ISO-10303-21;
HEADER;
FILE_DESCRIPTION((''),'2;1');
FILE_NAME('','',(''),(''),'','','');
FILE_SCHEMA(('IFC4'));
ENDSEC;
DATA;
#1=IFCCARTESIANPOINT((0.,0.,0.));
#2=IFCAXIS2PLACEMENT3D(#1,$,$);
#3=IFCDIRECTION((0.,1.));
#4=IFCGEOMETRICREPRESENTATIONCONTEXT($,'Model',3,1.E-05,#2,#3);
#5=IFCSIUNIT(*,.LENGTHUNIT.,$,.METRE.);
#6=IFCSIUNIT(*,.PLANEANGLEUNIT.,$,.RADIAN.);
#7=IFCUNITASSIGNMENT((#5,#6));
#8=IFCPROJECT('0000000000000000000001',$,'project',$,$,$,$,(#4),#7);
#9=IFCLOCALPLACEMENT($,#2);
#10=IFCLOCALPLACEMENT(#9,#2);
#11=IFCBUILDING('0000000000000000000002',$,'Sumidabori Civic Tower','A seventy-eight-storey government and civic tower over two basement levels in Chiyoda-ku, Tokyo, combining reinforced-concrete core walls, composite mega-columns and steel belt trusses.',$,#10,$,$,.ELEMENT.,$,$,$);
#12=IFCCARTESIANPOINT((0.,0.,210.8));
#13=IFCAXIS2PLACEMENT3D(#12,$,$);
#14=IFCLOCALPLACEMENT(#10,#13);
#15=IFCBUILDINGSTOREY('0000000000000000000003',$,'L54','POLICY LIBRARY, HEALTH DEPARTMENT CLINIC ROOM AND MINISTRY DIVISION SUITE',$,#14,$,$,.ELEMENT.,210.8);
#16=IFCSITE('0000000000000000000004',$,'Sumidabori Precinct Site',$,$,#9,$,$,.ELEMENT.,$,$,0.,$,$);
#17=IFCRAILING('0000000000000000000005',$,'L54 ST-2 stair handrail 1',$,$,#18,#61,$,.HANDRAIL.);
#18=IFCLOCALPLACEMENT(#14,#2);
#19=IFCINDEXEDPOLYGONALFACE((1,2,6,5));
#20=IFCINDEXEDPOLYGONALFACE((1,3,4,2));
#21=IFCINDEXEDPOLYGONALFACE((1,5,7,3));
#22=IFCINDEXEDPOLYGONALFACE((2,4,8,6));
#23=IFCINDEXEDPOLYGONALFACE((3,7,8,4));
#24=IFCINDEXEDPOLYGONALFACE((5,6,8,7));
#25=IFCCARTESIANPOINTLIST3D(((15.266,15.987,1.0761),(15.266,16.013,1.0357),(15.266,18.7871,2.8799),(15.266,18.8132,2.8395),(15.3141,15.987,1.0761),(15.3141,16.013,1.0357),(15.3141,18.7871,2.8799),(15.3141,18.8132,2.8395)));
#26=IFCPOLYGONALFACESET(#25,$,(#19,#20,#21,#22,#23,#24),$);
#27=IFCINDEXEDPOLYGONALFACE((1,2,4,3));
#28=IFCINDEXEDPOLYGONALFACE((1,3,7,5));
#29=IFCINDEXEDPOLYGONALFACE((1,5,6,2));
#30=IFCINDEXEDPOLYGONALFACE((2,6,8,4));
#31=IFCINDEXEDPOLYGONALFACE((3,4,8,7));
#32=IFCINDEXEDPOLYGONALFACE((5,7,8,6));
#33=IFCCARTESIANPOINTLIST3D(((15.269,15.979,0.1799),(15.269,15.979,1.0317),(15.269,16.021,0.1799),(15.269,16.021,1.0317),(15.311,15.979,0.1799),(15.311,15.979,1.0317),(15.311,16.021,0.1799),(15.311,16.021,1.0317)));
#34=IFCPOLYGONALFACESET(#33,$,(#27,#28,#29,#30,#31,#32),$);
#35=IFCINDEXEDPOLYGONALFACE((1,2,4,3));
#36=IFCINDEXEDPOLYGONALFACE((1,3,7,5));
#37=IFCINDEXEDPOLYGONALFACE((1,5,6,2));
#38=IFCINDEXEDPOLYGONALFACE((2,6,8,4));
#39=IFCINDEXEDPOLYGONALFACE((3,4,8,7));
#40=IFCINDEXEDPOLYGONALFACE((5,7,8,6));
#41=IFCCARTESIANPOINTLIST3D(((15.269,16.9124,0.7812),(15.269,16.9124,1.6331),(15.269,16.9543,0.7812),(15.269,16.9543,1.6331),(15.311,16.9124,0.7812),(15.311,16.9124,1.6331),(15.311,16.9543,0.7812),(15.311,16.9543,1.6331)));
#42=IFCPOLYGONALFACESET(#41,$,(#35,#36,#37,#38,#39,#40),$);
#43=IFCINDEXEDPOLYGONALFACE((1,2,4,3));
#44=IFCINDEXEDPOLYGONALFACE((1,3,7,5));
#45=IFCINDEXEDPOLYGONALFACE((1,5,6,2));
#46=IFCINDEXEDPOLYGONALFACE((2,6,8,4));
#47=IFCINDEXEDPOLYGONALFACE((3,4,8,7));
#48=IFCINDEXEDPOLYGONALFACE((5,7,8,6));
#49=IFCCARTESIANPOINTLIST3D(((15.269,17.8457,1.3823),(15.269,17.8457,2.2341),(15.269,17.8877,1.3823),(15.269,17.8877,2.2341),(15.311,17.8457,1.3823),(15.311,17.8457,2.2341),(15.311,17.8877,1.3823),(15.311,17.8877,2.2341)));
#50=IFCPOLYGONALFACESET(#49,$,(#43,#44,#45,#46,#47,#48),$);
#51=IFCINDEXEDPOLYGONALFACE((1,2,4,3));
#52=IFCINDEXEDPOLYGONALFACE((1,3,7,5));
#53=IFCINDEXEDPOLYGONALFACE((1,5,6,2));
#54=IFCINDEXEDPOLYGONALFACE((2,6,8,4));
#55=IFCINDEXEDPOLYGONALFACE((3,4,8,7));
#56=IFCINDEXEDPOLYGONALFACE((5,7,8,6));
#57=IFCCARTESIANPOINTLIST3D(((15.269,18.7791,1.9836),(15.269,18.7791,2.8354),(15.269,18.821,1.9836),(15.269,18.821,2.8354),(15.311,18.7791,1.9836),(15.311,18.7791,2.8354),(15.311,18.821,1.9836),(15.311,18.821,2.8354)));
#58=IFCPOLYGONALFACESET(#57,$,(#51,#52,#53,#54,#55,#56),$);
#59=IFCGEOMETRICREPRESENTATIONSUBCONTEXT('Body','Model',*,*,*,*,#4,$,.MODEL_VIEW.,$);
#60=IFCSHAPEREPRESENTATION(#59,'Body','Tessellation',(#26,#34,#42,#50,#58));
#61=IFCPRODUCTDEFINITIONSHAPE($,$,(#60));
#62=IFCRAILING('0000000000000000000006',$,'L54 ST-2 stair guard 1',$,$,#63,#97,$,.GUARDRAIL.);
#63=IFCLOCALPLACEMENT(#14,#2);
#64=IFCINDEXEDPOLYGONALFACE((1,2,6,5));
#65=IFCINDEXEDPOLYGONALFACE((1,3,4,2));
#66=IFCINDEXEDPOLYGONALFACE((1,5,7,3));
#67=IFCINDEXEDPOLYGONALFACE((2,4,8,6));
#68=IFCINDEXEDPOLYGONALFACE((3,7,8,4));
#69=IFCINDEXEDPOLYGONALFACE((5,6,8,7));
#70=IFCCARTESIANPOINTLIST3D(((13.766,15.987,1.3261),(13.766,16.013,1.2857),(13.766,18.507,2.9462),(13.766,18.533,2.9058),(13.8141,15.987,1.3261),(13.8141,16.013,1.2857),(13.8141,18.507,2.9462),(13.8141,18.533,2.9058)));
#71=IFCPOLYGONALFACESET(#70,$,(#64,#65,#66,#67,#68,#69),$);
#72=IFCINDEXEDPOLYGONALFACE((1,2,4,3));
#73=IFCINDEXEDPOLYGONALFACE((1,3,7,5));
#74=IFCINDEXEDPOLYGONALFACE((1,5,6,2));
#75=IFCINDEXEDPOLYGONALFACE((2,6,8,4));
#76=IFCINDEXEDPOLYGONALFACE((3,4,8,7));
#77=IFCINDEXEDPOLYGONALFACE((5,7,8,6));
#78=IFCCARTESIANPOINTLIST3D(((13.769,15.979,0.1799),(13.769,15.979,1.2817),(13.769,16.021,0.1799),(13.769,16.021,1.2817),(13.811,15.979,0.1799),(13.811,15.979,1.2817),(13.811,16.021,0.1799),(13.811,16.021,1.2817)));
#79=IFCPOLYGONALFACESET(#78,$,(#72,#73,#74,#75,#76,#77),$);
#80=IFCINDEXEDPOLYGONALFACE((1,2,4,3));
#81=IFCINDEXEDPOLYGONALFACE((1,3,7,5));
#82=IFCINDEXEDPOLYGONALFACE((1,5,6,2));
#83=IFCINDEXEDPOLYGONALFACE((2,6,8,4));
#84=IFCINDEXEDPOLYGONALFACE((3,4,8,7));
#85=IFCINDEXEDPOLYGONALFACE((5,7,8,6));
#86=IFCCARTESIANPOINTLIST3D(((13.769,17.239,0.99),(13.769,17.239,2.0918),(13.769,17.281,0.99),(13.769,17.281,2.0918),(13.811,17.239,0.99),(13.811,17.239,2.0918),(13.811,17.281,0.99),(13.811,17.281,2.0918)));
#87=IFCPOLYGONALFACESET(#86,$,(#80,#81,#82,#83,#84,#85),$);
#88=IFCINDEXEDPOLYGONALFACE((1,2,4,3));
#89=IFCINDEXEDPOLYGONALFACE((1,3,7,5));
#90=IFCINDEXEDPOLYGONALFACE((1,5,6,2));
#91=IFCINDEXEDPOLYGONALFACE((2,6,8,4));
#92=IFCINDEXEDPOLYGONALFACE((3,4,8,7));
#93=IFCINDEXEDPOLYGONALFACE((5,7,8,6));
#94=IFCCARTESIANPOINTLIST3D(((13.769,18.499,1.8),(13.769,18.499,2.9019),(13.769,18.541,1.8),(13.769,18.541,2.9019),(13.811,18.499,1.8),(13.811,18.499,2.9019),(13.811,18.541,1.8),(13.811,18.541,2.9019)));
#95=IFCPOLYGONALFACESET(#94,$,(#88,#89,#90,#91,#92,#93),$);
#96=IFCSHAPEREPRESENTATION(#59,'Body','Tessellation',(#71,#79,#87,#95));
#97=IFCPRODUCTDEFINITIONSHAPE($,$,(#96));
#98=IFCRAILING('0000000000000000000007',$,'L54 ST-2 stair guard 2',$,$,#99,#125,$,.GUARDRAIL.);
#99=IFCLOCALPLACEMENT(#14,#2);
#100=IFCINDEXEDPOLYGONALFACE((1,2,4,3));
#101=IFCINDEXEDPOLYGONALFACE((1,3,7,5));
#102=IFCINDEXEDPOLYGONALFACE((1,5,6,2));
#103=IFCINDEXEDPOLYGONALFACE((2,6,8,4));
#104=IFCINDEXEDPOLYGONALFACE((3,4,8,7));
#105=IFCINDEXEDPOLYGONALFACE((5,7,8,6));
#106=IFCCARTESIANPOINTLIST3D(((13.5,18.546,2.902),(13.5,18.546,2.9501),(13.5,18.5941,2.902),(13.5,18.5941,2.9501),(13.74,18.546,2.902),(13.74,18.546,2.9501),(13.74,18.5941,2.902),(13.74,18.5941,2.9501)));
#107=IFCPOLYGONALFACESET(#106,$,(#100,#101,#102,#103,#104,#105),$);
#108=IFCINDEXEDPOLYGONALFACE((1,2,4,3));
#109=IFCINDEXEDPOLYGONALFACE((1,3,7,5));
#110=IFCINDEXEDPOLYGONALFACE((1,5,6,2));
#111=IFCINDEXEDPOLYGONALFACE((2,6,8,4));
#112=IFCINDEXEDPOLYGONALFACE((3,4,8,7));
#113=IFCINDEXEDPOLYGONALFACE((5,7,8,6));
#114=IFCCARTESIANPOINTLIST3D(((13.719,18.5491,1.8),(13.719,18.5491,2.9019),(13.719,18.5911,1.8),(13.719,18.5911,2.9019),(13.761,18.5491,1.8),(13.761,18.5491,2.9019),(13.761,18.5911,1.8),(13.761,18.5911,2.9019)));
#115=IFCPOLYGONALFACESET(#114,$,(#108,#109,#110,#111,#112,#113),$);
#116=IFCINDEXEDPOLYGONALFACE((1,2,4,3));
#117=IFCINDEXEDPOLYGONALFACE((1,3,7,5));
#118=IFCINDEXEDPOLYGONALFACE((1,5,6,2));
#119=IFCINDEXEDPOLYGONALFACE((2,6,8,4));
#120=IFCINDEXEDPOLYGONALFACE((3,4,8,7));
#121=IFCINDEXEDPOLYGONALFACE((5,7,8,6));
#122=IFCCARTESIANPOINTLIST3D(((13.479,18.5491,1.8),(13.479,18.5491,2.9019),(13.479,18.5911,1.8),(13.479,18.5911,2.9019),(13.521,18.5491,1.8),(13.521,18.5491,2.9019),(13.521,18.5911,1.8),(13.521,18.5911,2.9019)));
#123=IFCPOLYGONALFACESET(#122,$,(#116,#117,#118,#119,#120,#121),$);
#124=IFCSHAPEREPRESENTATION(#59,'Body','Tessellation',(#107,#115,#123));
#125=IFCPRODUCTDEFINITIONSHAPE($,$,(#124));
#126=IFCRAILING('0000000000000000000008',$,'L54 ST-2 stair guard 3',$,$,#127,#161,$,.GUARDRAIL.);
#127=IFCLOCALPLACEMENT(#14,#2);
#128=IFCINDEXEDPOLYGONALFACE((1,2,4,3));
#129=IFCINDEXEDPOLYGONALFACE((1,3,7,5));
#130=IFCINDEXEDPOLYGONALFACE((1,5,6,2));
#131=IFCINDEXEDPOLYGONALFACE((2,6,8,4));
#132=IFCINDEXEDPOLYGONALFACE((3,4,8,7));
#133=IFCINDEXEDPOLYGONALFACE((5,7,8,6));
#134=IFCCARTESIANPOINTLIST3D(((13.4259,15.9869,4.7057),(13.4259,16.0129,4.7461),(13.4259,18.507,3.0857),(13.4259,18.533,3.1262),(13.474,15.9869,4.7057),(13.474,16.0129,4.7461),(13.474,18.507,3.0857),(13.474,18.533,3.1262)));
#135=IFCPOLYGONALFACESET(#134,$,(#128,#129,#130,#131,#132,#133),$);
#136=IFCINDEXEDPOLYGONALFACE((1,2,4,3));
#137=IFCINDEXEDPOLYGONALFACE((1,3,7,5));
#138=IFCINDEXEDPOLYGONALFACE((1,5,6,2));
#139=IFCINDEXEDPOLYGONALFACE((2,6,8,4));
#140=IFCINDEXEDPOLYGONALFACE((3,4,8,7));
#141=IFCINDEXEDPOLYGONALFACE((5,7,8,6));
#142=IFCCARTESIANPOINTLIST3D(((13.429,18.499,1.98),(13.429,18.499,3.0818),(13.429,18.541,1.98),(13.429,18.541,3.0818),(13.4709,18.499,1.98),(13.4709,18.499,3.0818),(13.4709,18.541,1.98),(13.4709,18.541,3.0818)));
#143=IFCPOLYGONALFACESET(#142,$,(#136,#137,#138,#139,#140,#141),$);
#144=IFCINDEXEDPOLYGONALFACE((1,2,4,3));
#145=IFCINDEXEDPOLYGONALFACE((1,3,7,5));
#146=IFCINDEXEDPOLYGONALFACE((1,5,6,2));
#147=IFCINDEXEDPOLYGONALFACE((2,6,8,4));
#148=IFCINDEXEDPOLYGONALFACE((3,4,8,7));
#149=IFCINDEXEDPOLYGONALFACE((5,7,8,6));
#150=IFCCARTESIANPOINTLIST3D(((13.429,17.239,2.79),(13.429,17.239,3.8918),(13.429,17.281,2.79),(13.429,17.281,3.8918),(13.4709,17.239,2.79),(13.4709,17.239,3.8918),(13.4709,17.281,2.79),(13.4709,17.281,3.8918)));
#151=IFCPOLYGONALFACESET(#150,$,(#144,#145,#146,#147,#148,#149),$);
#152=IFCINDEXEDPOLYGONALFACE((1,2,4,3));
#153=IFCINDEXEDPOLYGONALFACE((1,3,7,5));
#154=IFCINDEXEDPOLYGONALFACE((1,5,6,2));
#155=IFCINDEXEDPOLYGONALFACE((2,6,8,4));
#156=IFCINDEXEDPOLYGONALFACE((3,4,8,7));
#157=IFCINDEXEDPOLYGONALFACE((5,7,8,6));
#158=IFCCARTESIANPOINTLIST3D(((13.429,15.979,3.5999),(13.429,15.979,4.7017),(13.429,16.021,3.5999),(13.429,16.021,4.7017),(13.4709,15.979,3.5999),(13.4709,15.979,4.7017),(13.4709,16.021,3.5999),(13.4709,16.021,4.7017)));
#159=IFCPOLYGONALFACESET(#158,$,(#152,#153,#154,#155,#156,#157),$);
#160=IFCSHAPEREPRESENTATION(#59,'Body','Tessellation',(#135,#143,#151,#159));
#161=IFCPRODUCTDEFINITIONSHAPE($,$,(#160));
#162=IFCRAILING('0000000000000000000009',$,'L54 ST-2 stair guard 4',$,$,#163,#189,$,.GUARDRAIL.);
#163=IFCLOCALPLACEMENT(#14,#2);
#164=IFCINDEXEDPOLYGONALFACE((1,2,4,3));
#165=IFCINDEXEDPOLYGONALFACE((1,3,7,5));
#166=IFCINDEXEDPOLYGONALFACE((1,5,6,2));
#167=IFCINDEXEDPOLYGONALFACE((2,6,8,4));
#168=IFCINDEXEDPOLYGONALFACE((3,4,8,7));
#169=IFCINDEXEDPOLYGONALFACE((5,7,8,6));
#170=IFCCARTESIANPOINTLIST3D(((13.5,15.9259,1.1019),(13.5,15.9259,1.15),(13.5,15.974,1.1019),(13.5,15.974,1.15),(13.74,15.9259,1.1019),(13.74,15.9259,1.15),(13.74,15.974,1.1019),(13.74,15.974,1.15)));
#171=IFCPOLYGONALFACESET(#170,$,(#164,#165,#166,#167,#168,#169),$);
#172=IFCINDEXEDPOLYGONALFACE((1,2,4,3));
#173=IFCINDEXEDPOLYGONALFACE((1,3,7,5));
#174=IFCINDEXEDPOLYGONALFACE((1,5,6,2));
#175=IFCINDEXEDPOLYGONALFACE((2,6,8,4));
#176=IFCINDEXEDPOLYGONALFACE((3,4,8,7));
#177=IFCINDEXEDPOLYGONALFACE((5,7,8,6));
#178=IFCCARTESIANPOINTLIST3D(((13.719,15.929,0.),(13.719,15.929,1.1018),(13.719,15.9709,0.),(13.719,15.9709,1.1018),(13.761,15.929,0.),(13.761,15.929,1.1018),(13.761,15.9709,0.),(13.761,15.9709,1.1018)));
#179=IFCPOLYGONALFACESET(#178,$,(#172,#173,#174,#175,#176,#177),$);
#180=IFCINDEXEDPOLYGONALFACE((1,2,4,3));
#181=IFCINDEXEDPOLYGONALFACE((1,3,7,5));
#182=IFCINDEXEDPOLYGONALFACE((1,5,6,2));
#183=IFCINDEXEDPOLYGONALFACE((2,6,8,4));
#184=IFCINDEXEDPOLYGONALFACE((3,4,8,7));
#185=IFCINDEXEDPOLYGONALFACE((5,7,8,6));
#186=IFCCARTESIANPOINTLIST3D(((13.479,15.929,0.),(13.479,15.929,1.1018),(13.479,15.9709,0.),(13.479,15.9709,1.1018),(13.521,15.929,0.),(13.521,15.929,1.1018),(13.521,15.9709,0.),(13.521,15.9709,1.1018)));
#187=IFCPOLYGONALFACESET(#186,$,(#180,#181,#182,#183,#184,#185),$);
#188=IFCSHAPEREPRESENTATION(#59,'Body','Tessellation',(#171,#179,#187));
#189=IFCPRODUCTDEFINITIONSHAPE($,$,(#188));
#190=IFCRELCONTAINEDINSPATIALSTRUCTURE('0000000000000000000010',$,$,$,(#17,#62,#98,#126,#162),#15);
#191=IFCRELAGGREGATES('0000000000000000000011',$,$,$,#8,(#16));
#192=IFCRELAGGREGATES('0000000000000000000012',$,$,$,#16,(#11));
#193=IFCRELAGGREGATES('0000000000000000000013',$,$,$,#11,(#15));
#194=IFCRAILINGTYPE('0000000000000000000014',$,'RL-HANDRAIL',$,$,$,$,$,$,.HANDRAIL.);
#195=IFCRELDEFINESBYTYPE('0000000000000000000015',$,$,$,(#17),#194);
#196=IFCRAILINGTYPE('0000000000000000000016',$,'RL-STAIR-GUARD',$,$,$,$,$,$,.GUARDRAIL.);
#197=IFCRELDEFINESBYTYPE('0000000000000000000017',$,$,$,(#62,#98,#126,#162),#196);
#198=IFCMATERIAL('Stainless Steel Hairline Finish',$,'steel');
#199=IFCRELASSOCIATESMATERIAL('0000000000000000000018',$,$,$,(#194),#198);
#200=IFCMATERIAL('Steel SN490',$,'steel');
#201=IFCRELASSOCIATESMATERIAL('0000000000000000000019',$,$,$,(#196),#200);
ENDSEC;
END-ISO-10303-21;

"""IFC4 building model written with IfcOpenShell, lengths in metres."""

from ifc_helpers import new_model, si_unit, direction, frame, origin, origin_2d, place, context, subcontext, project, spatial, rectangle, extrude, material, type_object, element, save


model = new_model("IFC4")

# Units and contexts
model_context = context("Model", 3, precision=1e-05, world=origin(), true_north=direction((0.0, 1.0)))
body_context = subcontext(model_context, "Body", "Model", "MODEL_VIEW")
ifc_project = project(units=[si_unit("LENGTHUNIT", "METRE"), si_unit("PLANEANGLEUNIT", "RADIAN")], contexts=[model_context])

# Site, building, storey
site_placement = place(None, origin())
site = spatial("IfcSite", under=ifc_project, at=site_placement, Name="Sumidabori Precinct Site", CompositionType="ELEMENT", RefElevation=0.0)
building_placement = place(site_placement, origin())
building = spatial("IfcBuilding", under=site, at=building_placement, Name="Sumidabori Civic Tower", Description="A seventy-eight-storey government and civic tower over two basement levels in Chiyoda-ku, Tokyo, combining reinforced-concrete core walls, composite mega-columns and steel belt trusses.", CompositionType="ELEMENT")
storey_placement = place(building_placement, frame((0.0, 0.0, 210.8)))
storey = spatial("IfcBuildingStorey", under=building, at=storey_placement, Name="L54", Description="POLICY LIBRARY, HEALTH DEPARTMENT CLINIC ROOM AND MINISTRY DIVISION SUITE", CompositionType="ELEMENT", Elevation=210.8)

# Shared definitions
ifc_material_1 = material(Name="Steel SN490", Category="steel")

# Railings
ifc_material_2 = material(Name="Stainless Steel Hairline Finish", Category="steel")
railing_type_1 = type_object("IfcRailingType", Name="RL-HANDRAIL", PredefinedType="HANDRAIL", material=ifc_material_2)
railing_1_placement = place(storey_placement, frame((15.29, 16.0, 0.1799)))
element("IfcRailing", 1, at=railing_1_placement, inside=storey, type_object=railing_type_1, Name="L54 ST-2 stair handrail 1", PredefinedType="HANDRAIL", context=body_context, shape_type="SweptSolid", body=[
    extrude(rectangle(XDim=0.0481, YDim=0.0481, at=origin_2d()), frame((0.0, 0.0, 0.876), z_axis=(0.0, 0.840676, 0.541539), x_axis=(-1.0, 0.0, 0.0)), (0.0, 0.0, 1.0), 3.3308),
    extrude(rectangle(XDim=0.042, YDim=0.042, at=origin_2d()), origin(), (0.0, 0.0, 1.0), 0.8518),
    extrude(rectangle(XDim=0.042, YDim=0.042, at=origin_2d()), frame((0.0, 0.9333, 0.6013)), (0.0, 0.0, 1.0), 0.8518),
    extrude(rectangle(XDim=0.042, YDim=0.042, at=origin_2d()), frame((0.0, 1.8667, 1.2024)), (0.0, 0.0, 1.0), 0.8518),
    extrude(rectangle(XDim=0.042, YDim=0.042, at=origin_2d()), frame((0.0, 2.8, 1.8037)), (0.0, 0.0, 1.0), 0.8518),
])
railing_type_2 = type_object("IfcRailingType", Name="RL-STAIR-GUARD", PredefinedType="GUARDRAIL", material=ifc_material_1)
railing_2_placement = place(storey_placement, frame((13.79, 16.0, 0.1799)))
element("IfcRailing", 2, at=railing_2_placement, inside=storey, type_object=railing_type_2, Name="L54 ST-2 stair guard 1", PredefinedType="GUARDRAIL", context=body_context, shape_type="SweptSolid", body=[
    extrude(rectangle(XDim=0.0481, YDim=0.0481, at=origin_2d()), frame((0.0, 0.0, 1.126), z_axis=(0.0, 0.841163, 0.540782), x_axis=(-1.0, 0.0, 0.0)), (0.0, 0.0, 1.0), 2.9958),
    extrude(rectangle(XDim=0.042, YDim=0.042, at=origin_2d()), origin(), (0.0, 0.0, 1.0), 1.1018),
    extrude(rectangle(XDim=0.042, YDim=0.042, at=origin_2d()), frame((0.0, 1.26, 0.8101)), (0.0, 0.0, 1.0), 1.1018),
    extrude(rectangle(XDim=0.042, YDim=0.042, at=origin_2d()), frame((0.0, 2.52, 1.6201)), (0.0, 0.0, 1.0), 1.1018),
])
railing_3_placement = place(storey_placement, frame((13.74, 18.5701, 1.8)))
element("IfcRailing", 3, at=railing_3_placement, inside=storey, type_object=railing_type_2, Name="L54 ST-2 stair guard 2", PredefinedType="GUARDRAIL", context=body_context, shape_type="SweptSolid", body=[
    extrude(rectangle(XDim=0.0481, YDim=0.0481, at=origin_2d()), frame((0.0, 0.0, 1.126), z_axis=(-1.0, 0.0, 0.0), x_axis=(0.0, -1.0, 0.0)), (0.0, 0.0, 1.0), 0.24),
    extrude(rectangle(XDim=0.042, YDim=0.042, at=origin_2d()), origin(), (0.0, 0.0, 1.0), 1.1018),
    extrude(rectangle(XDim=0.042, YDim=0.042, at=origin_2d()), frame((-0.24, 0.0, 0.0)), (0.0, 0.0, 1.0), 1.1018),
])
railing_4_placement = place(storey_placement, frame((13.45, 18.52, 1.98)))
element("IfcRailing", 4, at=railing_4_placement, inside=storey, type_object=railing_type_2, Name="L54 ST-2 stair guard 3", PredefinedType="GUARDRAIL", context=body_context, shape_type="SweptSolid", body=[
    extrude(rectangle(XDim=0.0481, YDim=0.0481, at=origin_2d()), frame((0.0, 0.0, 1.126), z_axis=(0.0, -0.8412, 0.540725), x_axis=(1.0, 0.0, 0.0)), (0.0, 0.0, 1.0), 2.9958),
    extrude(rectangle(XDim=0.042, YDim=0.042, at=origin_2d()), origin(), (0.0, 0.0, 1.0), 1.1018),
    extrude(rectangle(XDim=0.042, YDim=0.042, at=origin_2d()), frame((0.0, -1.26, 0.8101)), (0.0, 0.0, 1.0), 1.1018),
    extrude(rectangle(XDim=0.042, YDim=0.042, at=origin_2d()), frame((0.0, -2.52, 1.6199)), (0.0, 0.0, 1.0), 1.1018),
])
railing_5_placement = place(storey_placement, frame((13.74, 15.95, 0.0)))
element("IfcRailing", 5, at=railing_5_placement, inside=storey, type_object=railing_type_2, Name="L54 ST-2 stair guard 4", PredefinedType="GUARDRAIL", context=body_context, shape_type="SweptSolid", body=[
    extrude(rectangle(XDim=0.0481, YDim=0.0481, at=origin_2d()), frame((0.0, 0.0, 1.126), z_axis=(-1.0, 0.0, 0.0), x_axis=(0.0, -1.0, 0.0)), (0.0, 0.0, 1.0), 0.24),
    extrude(rectangle(XDim=0.042, YDim=0.042, at=origin_2d()), origin(), (0.0, 0.0, 1.0), 1.1018),
    extrude(rectangle(XDim=0.042, YDim=0.042, at=origin_2d()), frame((-0.24, 0.0, 0.0)), (0.0, 0.0, 1.0), 1.1018),
])

save(model, "model.ifc")
